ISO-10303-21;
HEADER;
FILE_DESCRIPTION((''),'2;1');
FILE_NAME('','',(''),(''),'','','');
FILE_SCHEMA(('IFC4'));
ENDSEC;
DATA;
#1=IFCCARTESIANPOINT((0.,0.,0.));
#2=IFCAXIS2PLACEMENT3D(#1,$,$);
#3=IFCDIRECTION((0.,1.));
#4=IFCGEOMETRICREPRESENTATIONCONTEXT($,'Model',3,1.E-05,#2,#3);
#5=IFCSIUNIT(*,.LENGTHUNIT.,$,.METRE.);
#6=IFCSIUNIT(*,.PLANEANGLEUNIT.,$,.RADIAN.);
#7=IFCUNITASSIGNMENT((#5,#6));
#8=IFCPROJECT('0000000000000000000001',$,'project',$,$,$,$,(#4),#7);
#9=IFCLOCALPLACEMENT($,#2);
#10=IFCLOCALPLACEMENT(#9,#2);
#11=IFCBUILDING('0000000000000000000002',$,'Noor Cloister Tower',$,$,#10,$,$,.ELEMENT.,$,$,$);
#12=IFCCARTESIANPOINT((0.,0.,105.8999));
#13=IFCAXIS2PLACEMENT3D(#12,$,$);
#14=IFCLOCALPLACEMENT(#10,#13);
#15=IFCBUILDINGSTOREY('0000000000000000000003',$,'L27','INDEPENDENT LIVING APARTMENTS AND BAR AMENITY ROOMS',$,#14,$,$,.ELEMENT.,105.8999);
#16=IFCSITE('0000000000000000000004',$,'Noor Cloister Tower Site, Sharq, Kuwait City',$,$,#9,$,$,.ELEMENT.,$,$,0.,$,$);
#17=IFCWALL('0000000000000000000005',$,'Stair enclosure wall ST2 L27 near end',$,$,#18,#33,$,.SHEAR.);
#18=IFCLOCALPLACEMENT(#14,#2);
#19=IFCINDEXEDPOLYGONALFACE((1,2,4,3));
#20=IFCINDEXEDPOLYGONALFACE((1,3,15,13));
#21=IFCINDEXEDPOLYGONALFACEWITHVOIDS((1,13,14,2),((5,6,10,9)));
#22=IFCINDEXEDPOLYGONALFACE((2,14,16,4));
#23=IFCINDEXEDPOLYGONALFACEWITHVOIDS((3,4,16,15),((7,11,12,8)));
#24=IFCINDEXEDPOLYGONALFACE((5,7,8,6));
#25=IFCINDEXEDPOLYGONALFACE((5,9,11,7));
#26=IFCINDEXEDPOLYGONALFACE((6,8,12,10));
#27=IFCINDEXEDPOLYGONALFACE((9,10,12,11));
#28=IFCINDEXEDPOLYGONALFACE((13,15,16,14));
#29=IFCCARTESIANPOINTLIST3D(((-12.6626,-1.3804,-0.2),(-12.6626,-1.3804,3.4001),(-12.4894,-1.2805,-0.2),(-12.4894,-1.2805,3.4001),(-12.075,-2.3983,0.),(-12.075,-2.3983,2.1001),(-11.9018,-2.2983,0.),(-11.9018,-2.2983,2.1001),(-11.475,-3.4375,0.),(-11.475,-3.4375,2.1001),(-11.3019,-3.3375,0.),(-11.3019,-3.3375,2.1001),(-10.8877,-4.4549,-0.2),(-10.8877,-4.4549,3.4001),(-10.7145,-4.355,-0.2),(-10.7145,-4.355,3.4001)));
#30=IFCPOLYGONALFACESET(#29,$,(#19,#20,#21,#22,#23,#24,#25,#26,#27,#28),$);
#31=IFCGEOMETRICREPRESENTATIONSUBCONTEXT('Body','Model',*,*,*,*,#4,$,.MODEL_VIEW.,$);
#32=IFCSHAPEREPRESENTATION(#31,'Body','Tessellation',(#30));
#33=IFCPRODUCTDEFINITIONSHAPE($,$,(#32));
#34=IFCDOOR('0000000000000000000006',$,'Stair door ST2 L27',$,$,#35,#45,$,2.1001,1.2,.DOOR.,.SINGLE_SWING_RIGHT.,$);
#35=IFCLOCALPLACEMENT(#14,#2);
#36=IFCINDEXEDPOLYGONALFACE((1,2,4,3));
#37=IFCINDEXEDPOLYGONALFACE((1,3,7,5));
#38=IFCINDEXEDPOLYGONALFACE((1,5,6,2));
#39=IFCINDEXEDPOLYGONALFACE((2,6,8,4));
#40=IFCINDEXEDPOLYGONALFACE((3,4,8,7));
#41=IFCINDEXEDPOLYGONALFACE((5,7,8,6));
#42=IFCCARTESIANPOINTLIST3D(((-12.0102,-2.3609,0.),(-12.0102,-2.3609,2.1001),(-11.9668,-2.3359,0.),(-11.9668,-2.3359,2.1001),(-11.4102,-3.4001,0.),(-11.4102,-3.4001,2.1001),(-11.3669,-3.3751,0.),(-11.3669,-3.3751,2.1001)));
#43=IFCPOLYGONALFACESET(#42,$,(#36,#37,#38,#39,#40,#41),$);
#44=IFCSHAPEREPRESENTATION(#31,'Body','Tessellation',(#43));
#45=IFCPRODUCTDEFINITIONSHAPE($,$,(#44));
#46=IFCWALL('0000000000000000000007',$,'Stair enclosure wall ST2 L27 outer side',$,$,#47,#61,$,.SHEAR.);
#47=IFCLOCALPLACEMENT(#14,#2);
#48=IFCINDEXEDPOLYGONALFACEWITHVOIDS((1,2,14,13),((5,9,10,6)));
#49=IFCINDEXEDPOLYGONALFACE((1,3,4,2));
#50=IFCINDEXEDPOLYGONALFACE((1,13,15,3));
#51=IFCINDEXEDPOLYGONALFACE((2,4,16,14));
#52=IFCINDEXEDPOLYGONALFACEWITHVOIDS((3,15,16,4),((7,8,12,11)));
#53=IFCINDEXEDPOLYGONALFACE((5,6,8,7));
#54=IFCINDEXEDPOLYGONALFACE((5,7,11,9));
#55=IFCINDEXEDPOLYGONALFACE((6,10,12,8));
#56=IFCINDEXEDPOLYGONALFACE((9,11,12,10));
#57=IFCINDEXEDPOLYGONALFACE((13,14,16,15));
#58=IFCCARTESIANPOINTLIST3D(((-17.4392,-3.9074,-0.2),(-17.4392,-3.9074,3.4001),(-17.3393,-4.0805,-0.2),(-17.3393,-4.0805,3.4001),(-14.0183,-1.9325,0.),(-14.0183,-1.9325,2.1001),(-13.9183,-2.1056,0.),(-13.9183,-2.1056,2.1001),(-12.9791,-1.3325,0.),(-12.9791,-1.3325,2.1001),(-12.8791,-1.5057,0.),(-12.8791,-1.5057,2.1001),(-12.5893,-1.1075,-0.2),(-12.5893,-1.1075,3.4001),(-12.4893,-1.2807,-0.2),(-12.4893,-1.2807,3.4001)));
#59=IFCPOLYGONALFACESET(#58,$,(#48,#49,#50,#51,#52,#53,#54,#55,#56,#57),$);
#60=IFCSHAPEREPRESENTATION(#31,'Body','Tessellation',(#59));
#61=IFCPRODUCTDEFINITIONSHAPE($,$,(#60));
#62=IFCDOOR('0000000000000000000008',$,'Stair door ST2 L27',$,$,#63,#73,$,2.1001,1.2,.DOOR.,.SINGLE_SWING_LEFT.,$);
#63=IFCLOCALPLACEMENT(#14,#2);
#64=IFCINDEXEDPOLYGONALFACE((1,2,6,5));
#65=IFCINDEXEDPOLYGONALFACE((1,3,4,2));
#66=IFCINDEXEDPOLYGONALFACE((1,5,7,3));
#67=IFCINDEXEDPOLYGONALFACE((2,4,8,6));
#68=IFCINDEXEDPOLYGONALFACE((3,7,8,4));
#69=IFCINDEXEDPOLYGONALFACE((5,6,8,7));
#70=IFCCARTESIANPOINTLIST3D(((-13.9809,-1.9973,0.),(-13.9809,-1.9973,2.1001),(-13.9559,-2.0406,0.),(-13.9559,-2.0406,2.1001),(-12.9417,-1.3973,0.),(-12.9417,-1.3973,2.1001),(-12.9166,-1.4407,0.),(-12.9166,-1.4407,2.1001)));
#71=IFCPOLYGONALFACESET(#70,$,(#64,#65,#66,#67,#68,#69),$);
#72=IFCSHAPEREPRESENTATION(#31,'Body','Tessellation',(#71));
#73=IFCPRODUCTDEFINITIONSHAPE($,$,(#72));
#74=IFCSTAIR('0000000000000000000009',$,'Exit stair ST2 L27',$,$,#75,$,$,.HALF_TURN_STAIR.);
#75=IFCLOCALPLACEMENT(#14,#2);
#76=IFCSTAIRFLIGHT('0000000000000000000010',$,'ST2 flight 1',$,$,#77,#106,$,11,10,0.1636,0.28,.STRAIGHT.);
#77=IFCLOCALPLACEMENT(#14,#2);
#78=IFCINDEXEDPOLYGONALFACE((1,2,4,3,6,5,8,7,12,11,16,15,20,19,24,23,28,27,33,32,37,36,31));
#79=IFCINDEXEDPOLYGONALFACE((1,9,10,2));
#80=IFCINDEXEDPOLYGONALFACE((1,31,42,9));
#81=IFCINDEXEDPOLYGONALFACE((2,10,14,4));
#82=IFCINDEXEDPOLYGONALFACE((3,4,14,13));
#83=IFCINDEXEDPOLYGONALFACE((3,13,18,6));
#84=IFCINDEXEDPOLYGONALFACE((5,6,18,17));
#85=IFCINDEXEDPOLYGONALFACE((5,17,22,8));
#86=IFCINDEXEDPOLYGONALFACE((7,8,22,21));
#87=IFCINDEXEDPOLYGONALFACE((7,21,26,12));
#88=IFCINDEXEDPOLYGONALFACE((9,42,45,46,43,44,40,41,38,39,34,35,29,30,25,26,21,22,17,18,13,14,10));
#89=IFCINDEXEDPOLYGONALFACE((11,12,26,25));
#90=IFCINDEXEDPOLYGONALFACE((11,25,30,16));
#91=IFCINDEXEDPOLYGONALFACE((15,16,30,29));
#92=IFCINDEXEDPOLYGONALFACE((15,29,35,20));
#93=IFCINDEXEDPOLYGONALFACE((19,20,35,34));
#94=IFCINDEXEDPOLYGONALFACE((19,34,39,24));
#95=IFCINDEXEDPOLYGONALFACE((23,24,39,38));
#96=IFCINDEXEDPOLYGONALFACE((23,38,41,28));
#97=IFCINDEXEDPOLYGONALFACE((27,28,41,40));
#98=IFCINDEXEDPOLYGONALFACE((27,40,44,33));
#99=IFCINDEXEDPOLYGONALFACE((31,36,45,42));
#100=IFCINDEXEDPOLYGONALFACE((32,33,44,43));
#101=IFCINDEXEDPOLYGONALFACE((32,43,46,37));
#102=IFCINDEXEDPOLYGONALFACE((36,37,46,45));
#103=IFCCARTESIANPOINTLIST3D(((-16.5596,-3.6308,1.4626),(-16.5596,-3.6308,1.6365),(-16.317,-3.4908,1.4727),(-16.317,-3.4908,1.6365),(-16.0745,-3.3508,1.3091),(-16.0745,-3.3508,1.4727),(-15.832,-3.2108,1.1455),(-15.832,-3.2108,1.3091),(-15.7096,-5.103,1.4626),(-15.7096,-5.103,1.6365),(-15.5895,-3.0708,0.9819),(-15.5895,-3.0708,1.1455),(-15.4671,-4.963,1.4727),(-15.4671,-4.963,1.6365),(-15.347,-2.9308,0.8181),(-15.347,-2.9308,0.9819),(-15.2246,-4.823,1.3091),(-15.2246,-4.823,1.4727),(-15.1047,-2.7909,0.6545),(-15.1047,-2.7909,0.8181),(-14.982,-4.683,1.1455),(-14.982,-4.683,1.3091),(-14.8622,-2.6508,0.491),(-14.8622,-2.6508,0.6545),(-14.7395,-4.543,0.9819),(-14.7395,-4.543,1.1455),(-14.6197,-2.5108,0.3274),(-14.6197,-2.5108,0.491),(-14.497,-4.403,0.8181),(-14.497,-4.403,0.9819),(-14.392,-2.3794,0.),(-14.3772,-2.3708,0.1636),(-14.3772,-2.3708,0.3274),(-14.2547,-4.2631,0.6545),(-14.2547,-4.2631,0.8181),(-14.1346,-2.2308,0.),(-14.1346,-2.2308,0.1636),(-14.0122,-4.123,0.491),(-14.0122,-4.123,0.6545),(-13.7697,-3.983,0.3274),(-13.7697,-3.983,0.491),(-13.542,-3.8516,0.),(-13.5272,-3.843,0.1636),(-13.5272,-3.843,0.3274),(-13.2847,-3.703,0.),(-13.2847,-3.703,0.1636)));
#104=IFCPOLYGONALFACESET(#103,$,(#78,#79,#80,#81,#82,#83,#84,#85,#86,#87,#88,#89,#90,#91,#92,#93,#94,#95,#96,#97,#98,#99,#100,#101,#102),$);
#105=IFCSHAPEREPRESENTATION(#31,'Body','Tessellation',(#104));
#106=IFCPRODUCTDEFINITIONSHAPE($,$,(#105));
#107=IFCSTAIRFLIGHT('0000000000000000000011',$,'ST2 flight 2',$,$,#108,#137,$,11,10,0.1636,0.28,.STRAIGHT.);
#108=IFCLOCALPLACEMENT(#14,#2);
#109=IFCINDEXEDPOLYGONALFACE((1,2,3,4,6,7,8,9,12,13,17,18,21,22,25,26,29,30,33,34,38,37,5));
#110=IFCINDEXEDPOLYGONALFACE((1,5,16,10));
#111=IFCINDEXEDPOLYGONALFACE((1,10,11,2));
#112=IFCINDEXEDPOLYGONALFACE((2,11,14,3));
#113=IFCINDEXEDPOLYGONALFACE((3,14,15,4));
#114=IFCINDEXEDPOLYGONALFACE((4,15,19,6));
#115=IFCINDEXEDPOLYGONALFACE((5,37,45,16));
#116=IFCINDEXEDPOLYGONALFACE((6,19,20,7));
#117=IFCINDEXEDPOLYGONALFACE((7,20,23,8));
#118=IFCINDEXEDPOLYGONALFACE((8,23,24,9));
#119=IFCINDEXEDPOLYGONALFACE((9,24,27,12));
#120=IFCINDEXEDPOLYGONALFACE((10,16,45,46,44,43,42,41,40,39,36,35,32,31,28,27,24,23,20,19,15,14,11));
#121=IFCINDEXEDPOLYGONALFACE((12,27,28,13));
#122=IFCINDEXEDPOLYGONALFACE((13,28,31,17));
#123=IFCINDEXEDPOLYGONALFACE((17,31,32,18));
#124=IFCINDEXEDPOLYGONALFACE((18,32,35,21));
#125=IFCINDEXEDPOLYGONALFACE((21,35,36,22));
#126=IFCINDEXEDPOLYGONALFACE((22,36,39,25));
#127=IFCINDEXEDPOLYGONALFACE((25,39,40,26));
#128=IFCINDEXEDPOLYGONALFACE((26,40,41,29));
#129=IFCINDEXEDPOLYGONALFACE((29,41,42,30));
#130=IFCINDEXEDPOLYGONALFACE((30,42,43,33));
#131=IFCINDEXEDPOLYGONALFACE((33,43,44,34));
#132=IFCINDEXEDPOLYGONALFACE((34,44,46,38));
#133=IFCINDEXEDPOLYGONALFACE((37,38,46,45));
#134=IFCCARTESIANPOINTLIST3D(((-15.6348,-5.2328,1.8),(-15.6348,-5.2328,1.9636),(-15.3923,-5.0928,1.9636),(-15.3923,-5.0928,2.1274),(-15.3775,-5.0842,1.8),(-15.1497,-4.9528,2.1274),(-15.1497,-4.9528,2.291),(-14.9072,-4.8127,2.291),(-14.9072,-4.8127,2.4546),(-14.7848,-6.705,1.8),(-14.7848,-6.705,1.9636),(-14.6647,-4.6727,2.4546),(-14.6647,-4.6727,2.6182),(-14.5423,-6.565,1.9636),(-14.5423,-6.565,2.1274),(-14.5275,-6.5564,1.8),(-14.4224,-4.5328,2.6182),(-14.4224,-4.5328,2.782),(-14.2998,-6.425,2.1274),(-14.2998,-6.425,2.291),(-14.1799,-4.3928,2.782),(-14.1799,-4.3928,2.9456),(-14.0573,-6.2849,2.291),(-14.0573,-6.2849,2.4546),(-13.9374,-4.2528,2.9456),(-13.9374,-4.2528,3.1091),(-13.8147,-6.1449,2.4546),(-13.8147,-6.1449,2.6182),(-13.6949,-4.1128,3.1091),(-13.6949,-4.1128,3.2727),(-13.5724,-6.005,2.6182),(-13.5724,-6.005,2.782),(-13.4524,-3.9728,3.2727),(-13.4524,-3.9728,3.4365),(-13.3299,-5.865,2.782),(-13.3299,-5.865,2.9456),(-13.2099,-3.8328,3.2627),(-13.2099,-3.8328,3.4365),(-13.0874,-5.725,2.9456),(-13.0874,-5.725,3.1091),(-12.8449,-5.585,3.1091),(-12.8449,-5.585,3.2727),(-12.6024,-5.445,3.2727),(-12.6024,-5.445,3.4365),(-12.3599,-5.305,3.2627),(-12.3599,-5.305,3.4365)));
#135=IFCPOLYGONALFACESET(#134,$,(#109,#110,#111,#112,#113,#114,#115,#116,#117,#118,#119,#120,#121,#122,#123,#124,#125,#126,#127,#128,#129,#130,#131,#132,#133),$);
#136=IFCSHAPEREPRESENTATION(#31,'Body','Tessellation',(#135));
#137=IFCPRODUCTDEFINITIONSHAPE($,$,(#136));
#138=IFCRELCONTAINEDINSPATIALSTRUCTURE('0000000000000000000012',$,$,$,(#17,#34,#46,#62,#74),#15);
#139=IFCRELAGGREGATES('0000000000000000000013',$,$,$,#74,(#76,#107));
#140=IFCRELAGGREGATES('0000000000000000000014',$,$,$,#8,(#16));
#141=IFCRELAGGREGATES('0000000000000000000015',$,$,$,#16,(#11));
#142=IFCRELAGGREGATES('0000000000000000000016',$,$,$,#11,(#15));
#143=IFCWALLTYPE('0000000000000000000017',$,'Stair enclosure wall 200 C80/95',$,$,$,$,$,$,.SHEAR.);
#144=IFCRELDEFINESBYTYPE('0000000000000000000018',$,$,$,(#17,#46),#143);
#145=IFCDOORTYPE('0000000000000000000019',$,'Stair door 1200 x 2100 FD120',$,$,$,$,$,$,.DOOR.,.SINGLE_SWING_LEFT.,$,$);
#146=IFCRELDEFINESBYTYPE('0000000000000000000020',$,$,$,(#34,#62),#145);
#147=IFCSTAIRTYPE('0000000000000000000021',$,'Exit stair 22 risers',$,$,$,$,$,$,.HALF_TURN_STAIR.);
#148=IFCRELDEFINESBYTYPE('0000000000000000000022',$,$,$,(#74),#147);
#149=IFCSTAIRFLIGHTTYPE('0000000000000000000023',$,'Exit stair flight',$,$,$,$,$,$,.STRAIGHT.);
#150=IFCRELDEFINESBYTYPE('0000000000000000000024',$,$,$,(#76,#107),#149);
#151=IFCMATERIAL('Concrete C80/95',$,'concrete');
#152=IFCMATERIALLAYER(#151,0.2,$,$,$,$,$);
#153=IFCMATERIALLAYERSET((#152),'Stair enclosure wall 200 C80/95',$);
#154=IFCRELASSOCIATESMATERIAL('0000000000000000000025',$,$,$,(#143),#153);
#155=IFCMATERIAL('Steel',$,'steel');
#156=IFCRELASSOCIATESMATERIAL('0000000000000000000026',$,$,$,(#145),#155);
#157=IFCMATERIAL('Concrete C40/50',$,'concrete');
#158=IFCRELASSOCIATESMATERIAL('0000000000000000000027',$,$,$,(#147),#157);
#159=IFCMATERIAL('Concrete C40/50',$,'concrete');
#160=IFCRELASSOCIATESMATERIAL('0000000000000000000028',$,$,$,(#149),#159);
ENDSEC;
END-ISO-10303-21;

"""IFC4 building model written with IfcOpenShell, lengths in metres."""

from ifc_helpers import new_model, si_unit, direction, frame, frame_2d, origin, place, context, subcontext, project, spatial, polyline, rectangle, outline, extrude, material, layer, layer_set, type_object, element, fill, aggregate, save


model = new_model("IFC4")

# Units and contexts
model_context = context("Model", 3, precision=1e-05, world=origin(), true_north=direction((0.0, 1.0)))
body_context = subcontext(model_context, "Body", "Model", "MODEL_VIEW")
ifc_project = project(units=[si_unit("LENGTHUNIT", "METRE"), si_unit("PLANEANGLEUNIT", "RADIAN")], contexts=[model_context])

# Site, building, storey
site_placement = place(None, origin())
site = spatial("IfcSite", under=ifc_project, at=site_placement, Name="Noor Cloister Tower Site, Sharq, Kuwait City", CompositionType="ELEMENT", RefElevation=0.0)
building_placement = place(site_placement, origin())
building = spatial("IfcBuilding", under=site, at=building_placement, Name="Noor Cloister Tower", CompositionType="ELEMENT")
storey_placement = place(building_placement, frame((0.0, 0.0, 105.8999)))
storey = spatial("IfcBuildingStorey", under=building, at=storey_placement, Name="L27", Description="INDEPENDENT LIVING APARTMENTS AND BAR AMENITY ROOMS", CompositionType="ELEMENT", Elevation=105.8999)

# Walls, openings, doors
ifc_material_1 = material(Name="Concrete C80/95", Category="concrete")
ifc_layer_1 = layer(ifc_material_1, 0.2)
ifc_layer_set_1 = layer_set([ifc_layer_1], Name="Stair enclosure wall 200 C80/95")
wall_type_1 = type_object("IfcWallType", Name="Stair enclosure wall 200 C80/95", PredefinedType="SHEAR", material=ifc_layer_set_1)
wall_1_placement = place(storey_placement, frame((-12.5759, -1.3306, -0.2), z_axis=(0.0, 0.0, 1.0), x_axis=(0.49997, -0.866042, 0.0)))
wall_1 = element("IfcWall", 1, at=wall_1_placement, inside=storey, type_object=wall_type_1, Name="Stair enclosure wall ST2 L27 near end", PredefinedType="SHEAR", context=body_context, shape_type="SweptSolid", body=[
    extrude(rectangle(XDim=3.55, YDim=0.2, at=frame_2d((1.7749, 0.0))), origin(), (0.0, 0.0, 1.0), 3.6001),
])
opening_1_placement = place(wall_1_placement, frame((1.175, 0.0, 0.2)))
opening_1 = element("IfcOpeningElement", 2, at=opening_1_placement, cuts=wall_1, PredefinedType="OPENING", context=body_context, shape_type="SweptSolid", body=[
    extrude(rectangle(XDim=1.2, YDim=2.1001, at=frame_2d((0.6001, 1.05))), frame((0.0, 0.1099, 0.0), z_axis=(0.0, -1.0, 0.0), x_axis=(1.0, 0.0, 0.0)), (0.0, 0.0, 1.0), 0.22),
])
ifc_material_2 = material(Name="Steel", Category="steel")
door_type_1 = type_object("IfcDoorType", Name="Stair door 1200 x 2100 FD120", OperationType="SINGLE_SWING_LEFT", PredefinedType="DOOR", material=ifc_material_2)
door_1_placement = place(opening_1_placement, origin())
door_1 = element("IfcDoor", 3, at=door_1_placement, inside=storey, type_object=door_type_1, Name="Stair door ST2 L27", OperationType="SINGLE_SWING_RIGHT", OverallHeight=2.1001, OverallWidth=1.2, PredefinedType="DOOR", context=body_context, shape_type="SweptSolid", body=[
    extrude(rectangle(XDim=1.2, YDim=2.1001, at=frame_2d((0.6001, 1.05))), frame((0.0, 0.0249, 0.0), z_axis=(0.0, -1.0, 0.0), x_axis=(1.0, 0.0, 0.0)), (0.0, 0.0, 1.0), 0.05),
])
fill(opening_1, door_1)
wall_2_placement = place(storey_placement, frame((-12.5393, -1.1941, -0.2), z_axis=(0.0, 0.0, 1.0), x_axis=(-0.866045, -0.499965, 0.0)))
wall_2 = element("IfcWall", 4, at=wall_2_placement, inside=storey, type_object=wall_type_1, Name="Stair enclosure wall ST2 L27 outer side", PredefinedType="SHEAR", context=body_context, shape_type="SweptSolid", body=[
    extrude(rectangle(XDim=5.6001, YDim=0.2, at=frame_2d((2.8, 0.0))), origin(), (0.0, 0.0, 1.0), 3.6001),
])
opening_2_placement = place(wall_2_placement, frame((0.45, 0.0, 0.2)))
opening_2 = element("IfcOpeningElement", 5, at=opening_2_placement, cuts=wall_2, PredefinedType="OPENING", context=body_context, shape_type="SweptSolid", body=[
    extrude(rectangle(XDim=1.2, YDim=2.1001, at=frame_2d((0.6001, 1.05))), frame((0.0, 0.1099, 0.0), z_axis=(0.0, -1.0, 0.0), x_axis=(1.0, 0.0, 0.0)), (0.0, 0.0, 1.0), 0.22),
])
door_2_placement = place(opening_2_placement, origin())
door_2 = element("IfcDoor", 6, at=door_2_placement, inside=storey, type_object=door_type_1, Name="Stair door ST2 L27", OperationType="SINGLE_SWING_LEFT", OverallHeight=2.1001, OverallWidth=1.2, PredefinedType="DOOR", context=body_context, shape_type="SweptSolid", body=[
    extrude(rectangle(XDim=1.2, YDim=2.1001, at=frame_2d((0.6001, 1.05))), frame((0.0, 0.0249, 0.0), z_axis=(0.0, -1.0, 0.0), x_axis=(1.0, 0.0, 0.0)), (0.0, 0.0, 1.0), 0.05),
])
fill(opening_2, door_2)

# Stair, stair flights
ifc_material_3 = material(Name="Concrete C40/50", Category="concrete")
stair_type = type_object("IfcStairType", Name="Exit stair 22 risers", PredefinedType="HALF_TURN_STAIR", material=ifc_material_3)
stair_placement = place(storey_placement, origin())
stair = element("IfcStair", 7, at=stair_placement, inside=storey, type_object=stair_type, Name="Exit stair ST2 L27", PredefinedType="HALF_TURN_STAIR")
ifc_material_4 = material(Name="Concrete C40/50", Category="concrete")
stair_flight_type = type_object("IfcStairFlightType", Name="Exit stair flight", PredefinedType="STRAIGHT", material=ifc_material_4)
stair_flight_1_placement = place(storey_placement, frame((-13.7097, -2.9668, 0.0), z_axis=(0.0, 0.0, 1.0), x_axis=(-0.866025, -0.5, 0.0)))
stair_flight_1 = element("IfcStairFlight", 8, at=stair_flight_1_placement, type_object=stair_flight_type, Name="ST2 flight 1", NumberOfRisers=11, NumberOfTreads=10, PredefinedType="STRAIGHT", RiserHeight=0.1636, TreadLength=0.28, context=body_context, shape_type="SweptSolid", body=[
    extrude(outline(polyline([(0.0, 0.0), (0.0, 0.1636), (0.28, 0.1636), (0.28, 0.3274), (0.5601, 0.3274), (0.5601, 0.491), (0.8401, 0.491), (0.8401, 0.6545), (1.1201, 0.6545), (1.1201, 0.8181), (1.3999, 0.8181), (1.3999, 0.9819), (1.6799, 0.9819), (1.6799, 1.1455), (1.96, 1.1455), (1.96, 1.3091), (2.24, 1.3091), (2.24, 1.4727), (2.52, 1.4727), (2.52, 1.6365), (2.8, 1.6365), (2.8, 1.8), (2.8, 1.4626), (0.2971, 0.0), (0.0, 0.0)])), frame((0.0, 0.8501, 0.0), z_axis=(0.0, -1.0, 0.0), x_axis=(1.0, 0.0, 0.0)), (0.0, 0.0, 1.0), 1.7),
])
stair_flight_2_placement = place(storey_placement, frame((-15.2097, -5.969, 1.8), z_axis=(0.0, 0.0, 1.0), x_axis=(0.866025, 0.5, 0.0)))
stair_flight_2 = element("IfcStairFlight", 9, at=stair_flight_2_placement, type_object=stair_flight_type, Name="ST2 flight 2", NumberOfRisers=11, NumberOfTreads=10, PredefinedType="STRAIGHT", RiserHeight=0.1636, TreadLength=0.28, context=body_context, shape_type="SweptSolid", body=[
    extrude(outline(polyline([(0.0, 0.0), (0.0, 0.1636), (0.28, 0.1636), (0.28, 0.3274), (0.5601, 0.3274), (0.5601, 0.491), (0.8401, 0.491), (0.8401, 0.6545), (1.1201, 0.6545), (1.1201, 0.8181), (1.3999, 0.8181), (1.3999, 0.9819), (1.6799, 0.9819), (1.6799, 1.1455), (1.96, 1.1455), (1.96, 1.3091), (2.24, 1.3091), (2.24, 1.4727), (2.52, 1.4727), (2.52, 1.6365), (2.8, 1.6365), (2.8, 1.8), (2.8, 1.4626), (0.2971, 0.0), (0.0, 0.0)])), frame((0.0, 0.8501, 0.0), z_axis=(0.0, -1.0, 0.0), x_axis=(1.0, 0.0, 0.0)), (0.0, 0.0, 1.0), 1.7),
])
aggregate(stair, [stair_flight_1, stair_flight_2])

save(model, "model.ifc")
